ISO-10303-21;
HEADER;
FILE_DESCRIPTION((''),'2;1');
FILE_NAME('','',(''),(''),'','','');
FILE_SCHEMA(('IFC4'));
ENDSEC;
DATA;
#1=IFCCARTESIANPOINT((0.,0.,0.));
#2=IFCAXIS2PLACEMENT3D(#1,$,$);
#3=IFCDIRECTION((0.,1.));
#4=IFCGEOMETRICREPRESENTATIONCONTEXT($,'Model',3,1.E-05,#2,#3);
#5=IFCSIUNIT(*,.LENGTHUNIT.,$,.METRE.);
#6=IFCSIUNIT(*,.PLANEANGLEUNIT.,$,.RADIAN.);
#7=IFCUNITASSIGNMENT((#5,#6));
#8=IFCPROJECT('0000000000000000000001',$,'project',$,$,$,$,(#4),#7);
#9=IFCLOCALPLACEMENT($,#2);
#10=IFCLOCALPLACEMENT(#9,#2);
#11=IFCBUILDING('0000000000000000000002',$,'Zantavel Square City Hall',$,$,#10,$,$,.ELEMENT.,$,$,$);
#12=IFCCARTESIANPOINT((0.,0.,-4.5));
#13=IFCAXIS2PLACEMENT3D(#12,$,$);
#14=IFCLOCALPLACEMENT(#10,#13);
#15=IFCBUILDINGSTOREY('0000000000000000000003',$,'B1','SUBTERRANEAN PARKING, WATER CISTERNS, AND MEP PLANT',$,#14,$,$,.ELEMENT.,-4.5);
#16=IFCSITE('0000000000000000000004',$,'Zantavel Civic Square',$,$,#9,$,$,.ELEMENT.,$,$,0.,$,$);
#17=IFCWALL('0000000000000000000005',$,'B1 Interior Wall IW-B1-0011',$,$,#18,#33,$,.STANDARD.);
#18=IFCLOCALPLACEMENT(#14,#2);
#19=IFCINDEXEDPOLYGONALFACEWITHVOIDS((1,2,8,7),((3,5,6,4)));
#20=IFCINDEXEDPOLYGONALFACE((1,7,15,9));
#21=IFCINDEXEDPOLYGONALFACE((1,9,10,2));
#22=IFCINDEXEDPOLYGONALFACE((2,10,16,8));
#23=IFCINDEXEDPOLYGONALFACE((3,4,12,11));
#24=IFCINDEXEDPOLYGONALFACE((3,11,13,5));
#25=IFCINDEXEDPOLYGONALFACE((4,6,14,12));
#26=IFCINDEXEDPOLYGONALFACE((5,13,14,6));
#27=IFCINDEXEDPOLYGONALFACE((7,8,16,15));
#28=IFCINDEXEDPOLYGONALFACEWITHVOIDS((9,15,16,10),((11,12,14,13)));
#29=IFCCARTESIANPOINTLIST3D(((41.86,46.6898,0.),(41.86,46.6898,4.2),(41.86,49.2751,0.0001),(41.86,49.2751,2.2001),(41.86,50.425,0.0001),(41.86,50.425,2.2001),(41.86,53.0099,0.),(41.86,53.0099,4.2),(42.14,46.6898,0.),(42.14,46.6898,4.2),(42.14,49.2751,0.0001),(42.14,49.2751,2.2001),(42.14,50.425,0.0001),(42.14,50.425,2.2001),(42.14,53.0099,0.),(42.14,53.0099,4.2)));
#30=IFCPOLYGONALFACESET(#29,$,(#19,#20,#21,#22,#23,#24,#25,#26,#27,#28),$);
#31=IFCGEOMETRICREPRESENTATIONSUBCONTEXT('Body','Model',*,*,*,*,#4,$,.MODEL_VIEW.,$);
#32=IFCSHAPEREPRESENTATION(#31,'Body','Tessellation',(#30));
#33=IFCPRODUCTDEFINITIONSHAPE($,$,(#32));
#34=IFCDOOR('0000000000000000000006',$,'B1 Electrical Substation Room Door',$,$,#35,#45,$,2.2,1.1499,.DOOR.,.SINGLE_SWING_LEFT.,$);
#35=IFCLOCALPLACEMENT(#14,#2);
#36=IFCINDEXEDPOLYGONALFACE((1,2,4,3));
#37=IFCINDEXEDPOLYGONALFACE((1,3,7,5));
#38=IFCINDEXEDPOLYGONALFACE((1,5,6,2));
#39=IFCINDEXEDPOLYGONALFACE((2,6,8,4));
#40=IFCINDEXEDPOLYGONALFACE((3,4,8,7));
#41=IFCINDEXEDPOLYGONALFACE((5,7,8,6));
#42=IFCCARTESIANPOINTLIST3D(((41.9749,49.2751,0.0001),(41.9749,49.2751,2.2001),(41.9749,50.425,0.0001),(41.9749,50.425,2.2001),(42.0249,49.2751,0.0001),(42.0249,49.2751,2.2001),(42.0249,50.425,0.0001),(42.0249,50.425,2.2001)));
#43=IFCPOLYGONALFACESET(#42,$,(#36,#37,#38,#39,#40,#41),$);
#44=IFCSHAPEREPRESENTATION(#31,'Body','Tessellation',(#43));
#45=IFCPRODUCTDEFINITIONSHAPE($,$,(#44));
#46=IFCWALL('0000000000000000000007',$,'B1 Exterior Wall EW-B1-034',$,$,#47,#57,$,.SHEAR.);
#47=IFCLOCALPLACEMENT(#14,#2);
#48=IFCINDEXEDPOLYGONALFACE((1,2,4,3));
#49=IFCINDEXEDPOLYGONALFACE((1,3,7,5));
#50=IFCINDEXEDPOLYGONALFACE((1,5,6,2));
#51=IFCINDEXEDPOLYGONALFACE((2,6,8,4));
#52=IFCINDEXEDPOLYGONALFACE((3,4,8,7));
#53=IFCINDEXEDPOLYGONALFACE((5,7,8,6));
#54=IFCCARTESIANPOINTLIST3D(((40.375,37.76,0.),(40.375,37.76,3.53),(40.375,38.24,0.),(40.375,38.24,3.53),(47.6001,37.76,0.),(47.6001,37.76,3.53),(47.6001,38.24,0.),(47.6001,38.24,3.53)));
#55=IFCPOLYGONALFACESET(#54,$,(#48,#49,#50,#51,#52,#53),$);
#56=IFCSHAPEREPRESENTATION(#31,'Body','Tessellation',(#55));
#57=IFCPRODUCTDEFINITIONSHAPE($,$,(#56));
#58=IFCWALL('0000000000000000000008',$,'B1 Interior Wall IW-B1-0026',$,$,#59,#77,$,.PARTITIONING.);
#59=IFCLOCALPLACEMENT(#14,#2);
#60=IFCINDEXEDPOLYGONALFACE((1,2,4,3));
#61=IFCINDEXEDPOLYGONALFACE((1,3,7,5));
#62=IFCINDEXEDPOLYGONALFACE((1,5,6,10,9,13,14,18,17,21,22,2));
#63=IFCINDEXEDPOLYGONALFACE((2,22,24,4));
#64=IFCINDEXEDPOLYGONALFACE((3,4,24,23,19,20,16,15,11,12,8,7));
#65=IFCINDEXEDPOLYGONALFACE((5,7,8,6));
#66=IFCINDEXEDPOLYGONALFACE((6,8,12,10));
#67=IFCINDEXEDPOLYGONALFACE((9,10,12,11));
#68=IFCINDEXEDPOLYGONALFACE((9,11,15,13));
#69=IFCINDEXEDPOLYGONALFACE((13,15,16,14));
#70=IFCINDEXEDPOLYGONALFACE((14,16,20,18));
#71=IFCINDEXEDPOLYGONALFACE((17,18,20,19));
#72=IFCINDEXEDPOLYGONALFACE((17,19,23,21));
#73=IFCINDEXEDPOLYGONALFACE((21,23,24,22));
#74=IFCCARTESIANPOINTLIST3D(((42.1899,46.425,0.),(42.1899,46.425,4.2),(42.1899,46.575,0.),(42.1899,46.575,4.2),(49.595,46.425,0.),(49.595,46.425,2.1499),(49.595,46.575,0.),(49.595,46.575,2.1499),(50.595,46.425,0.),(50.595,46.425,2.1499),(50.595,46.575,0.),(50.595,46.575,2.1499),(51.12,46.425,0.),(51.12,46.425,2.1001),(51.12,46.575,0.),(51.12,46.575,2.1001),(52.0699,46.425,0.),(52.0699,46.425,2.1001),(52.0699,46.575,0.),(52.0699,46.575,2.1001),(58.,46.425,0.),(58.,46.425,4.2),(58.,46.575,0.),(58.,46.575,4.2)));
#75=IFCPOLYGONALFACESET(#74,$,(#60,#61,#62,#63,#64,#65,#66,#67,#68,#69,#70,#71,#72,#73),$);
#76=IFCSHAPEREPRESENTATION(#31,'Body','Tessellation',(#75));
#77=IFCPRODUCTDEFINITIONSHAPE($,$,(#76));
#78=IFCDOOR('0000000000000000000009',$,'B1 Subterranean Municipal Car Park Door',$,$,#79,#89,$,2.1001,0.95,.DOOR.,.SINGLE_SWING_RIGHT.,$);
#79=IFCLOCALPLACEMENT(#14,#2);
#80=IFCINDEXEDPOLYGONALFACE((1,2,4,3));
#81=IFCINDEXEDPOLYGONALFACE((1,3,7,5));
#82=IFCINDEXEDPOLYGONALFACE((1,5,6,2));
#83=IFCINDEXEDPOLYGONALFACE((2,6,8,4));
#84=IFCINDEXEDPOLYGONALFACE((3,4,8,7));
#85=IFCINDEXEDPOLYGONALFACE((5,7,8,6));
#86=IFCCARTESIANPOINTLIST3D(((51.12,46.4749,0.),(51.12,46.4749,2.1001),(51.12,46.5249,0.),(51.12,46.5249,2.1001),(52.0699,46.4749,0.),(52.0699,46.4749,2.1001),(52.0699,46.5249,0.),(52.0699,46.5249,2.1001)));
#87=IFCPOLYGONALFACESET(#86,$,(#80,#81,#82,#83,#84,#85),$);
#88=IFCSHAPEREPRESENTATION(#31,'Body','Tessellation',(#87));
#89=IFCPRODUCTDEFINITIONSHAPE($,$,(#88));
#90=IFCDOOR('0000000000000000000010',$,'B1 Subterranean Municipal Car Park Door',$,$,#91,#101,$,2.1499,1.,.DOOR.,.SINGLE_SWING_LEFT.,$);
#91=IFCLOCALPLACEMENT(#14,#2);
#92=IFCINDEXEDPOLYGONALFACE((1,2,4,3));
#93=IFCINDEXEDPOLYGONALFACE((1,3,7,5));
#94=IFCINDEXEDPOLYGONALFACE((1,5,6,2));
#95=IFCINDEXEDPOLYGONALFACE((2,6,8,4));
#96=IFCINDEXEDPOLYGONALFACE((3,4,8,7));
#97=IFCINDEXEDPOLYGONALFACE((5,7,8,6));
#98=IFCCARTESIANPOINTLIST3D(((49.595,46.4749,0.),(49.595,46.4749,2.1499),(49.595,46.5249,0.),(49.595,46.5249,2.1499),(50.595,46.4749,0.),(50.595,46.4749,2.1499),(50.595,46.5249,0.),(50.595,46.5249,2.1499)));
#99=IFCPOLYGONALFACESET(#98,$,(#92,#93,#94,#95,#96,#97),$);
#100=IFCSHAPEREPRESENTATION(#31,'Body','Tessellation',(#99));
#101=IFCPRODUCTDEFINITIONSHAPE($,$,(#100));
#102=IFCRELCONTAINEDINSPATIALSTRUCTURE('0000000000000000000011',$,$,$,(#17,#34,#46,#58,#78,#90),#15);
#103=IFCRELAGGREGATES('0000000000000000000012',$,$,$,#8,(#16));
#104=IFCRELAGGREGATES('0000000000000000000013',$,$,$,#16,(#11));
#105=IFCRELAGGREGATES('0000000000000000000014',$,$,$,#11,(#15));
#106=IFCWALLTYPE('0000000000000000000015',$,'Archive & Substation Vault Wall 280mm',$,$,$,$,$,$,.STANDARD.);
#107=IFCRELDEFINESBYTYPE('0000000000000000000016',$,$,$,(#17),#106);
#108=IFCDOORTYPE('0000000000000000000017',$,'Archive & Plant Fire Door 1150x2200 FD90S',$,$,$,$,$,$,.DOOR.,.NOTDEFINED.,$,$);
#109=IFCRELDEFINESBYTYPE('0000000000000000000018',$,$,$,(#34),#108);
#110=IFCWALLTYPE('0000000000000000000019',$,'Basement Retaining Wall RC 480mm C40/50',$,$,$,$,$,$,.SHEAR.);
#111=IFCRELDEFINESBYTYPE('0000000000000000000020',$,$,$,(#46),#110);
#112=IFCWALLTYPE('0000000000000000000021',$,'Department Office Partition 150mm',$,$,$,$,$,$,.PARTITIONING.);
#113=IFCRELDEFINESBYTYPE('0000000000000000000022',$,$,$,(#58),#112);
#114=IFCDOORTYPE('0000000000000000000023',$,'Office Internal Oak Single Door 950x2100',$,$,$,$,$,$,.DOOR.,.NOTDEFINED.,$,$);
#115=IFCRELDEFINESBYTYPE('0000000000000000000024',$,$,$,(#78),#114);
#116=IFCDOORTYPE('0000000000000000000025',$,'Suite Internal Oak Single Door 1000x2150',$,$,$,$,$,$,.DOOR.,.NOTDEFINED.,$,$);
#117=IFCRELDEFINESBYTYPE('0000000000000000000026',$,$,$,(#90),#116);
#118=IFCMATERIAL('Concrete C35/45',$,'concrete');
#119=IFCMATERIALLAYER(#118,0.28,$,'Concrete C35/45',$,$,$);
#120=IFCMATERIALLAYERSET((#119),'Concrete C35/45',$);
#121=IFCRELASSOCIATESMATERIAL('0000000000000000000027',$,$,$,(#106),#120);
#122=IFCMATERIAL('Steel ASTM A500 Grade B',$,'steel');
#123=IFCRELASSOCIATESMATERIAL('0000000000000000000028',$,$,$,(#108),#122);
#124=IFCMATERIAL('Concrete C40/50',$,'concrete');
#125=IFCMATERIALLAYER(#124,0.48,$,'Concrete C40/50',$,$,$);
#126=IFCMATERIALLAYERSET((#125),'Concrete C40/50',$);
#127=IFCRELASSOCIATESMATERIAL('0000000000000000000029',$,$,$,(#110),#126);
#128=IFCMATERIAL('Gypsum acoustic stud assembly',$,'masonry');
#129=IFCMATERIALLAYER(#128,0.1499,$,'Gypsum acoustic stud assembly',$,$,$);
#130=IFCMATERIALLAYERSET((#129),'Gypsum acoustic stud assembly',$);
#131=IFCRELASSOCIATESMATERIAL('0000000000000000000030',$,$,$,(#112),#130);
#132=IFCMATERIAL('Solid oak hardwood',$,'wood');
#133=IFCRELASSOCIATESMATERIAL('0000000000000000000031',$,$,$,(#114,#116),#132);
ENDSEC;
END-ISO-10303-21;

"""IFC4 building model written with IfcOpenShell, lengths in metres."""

from ifc_helpers import new_model, si_unit, direction, frame, frame_2d, origin, place, context, subcontext, project, spatial, rectangle, extrude, material, layer, layer_set, type_object, element, fill, save


model = new_model("IFC4")

# Units and contexts
model_context = context("Model", 3, precision=1e-05, world=origin(), true_north=direction((0.0, 1.0)))
body_context = subcontext(model_context, "Body", "Model", "MODEL_VIEW")
ifc_project = project(units=[si_unit("LENGTHUNIT", "METRE"), si_unit("PLANEANGLEUNIT", "RADIAN")], contexts=[model_context])

# Site, building, storey
site_placement = place(None, origin())
site = spatial("IfcSite", under=ifc_project, at=site_placement, Name="Zantavel Civic Square", CompositionType="ELEMENT", RefElevation=0.0)
building_placement = place(site_placement, origin())
building = spatial("IfcBuilding", under=site, at=building_placement, Name="Zantavel Square City Hall", CompositionType="ELEMENT")
storey_placement = place(building_placement, frame((0.0, 0.0, -4.5)))
storey = spatial("IfcBuildingStorey", under=building, at=storey_placement, Name="B1", Description="SUBTERRANEAN PARKING, WATER CISTERNS, AND MEP PLANT", CompositionType="ELEMENT", Elevation=-4.5)

# Shared definitions
ifc_material_1 = material(Name="Concrete C35/45", Category="concrete")

# Shared definitions
ifc_material_2 = material(Name="Concrete C40/50", Category="concrete")

# Wall, opening, door
ifc_layer_1 = layer(ifc_material_1, 0.28, Name="Concrete C35/45")
ifc_layer_set_1 = layer_set([ifc_layer_1], Name="Concrete C35/45")
wall_type_1 = type_object("IfcWallType", Name="Archive & Substation Vault Wall 280mm", PredefinedType="STANDARD", material=ifc_layer_set_1)
ifc_material_3 = material(Name="Steel ASTM A500 Grade B", Category="steel")
door_type_1 = type_object("IfcDoorType", Name="Archive & Plant Fire Door 1150x2200 FD90S", OperationType="NOTDEFINED", PredefinedType="DOOR", material=ifc_material_3)
wall_1_placement = place(storey_placement, frame((42.0, 53.01, 0.0), z_axis=(0.0, 0.0, 1.0), x_axis=(0.0, -1.0, 0.0)))
wall_1 = element("IfcWall", 1, at=wall_1_placement, inside=storey, type_object=wall_type_1, Name="B1 Interior Wall IW-B1-0011", PredefinedType="STANDARD", context=body_context, shape_type="SweptSolid", body=[
    extrude(rectangle(XDim=6.3201, YDim=0.28, at=frame_2d((3.1602, 0.0))), origin(), (0.0, 0.0, 1.0), 4.2),
])
opening_1_placement = place(wall_1_placement, frame((2.585, 0.0, 0.0)))
opening_1 = element("IfcOpeningElement", 2, at=opening_1_placement, cuts=wall_1, PredefinedType="OPENING", context=body_context, shape_type="SweptSolid", body=[
    extrude(rectangle(XDim=1.1499, YDim=2.2, at=frame_2d((0.575, 1.1001))), frame((0.0, 0.1499, 0.0), z_axis=(0.0, -1.0, 0.0), x_axis=(1.0, 0.0, 0.0)), (0.0, 0.0, 1.0), 0.3),
])
door_1_placement = place(opening_1_placement, origin())
door_1 = element("IfcDoor", 3, at=door_1_placement, inside=storey, type_object=door_type_1, Name="B1 Electrical Substation Room Door", OperationType="SINGLE_SWING_LEFT", OverallHeight=2.2, OverallWidth=1.1499, PredefinedType="DOOR", context=body_context, shape_type="SweptSolid", body=[
    extrude(rectangle(XDim=1.1499, YDim=2.2, at=frame_2d((0.575, 1.1001))), frame((0.0, 0.0249, 0.0), z_axis=(0.0, -1.0, 0.0), x_axis=(1.0, 0.0, 0.0)), (0.0, 0.0, 1.0), 0.05),
])
fill(opening_1, door_1)

# Wall
ifc_layer_2 = layer(ifc_material_2, 0.48, Name="Concrete C40/50")
ifc_layer_set_2 = layer_set([ifc_layer_2], Name="Concrete C40/50")
wall_type_2 = type_object("IfcWallType", Name="Basement Retaining Wall RC 480mm C40/50", PredefinedType="SHEAR", material=ifc_layer_set_2)
wall_2_placement = place(storey_placement, frame((47.6001, 38.0, 0.0), z_axis=(0.0, 0.0, 1.0), x_axis=(-1.0, 0.0, 0.0)))
element("IfcWall", 4, at=wall_2_placement, inside=storey, type_object=wall_type_2, Name="B1 Exterior Wall EW-B1-034", PredefinedType="SHEAR", context=body_context, shape_type="SweptSolid", body=[
    extrude(rectangle(XDim=7.2251, YDim=0.48, at=frame_2d((3.6125, 0.0))), origin(), (0.0, 0.0, 1.0), 3.53),
])

# Wall, openings, doors
ifc_material_4 = material(Name="Gypsum acoustic stud assembly", Category="masonry")
ifc_layer_3 = layer(ifc_material_4, 0.1499, Name="Gypsum acoustic stud assembly")
ifc_layer_set_3 = layer_set([ifc_layer_3], Name="Gypsum acoustic stud assembly")
wall_type_3 = type_object("IfcWallType", Name="Department Office Partition 150mm", PredefinedType="PARTITIONING", material=ifc_layer_set_3)
wall_3_placement = place(storey_placement, frame((42.1899, 46.5, 0.0), z_axis=(0.0, 0.0, 1.0), x_axis=(1.0, 0.0, 0.0)))
wall_3 = element("IfcWall", 5, at=wall_3_placement, inside=storey, type_object=wall_type_3, Name="B1 Interior Wall IW-B1-0026", PredefinedType="PARTITIONING", context=body_context, shape_type="SweptSolid", body=[
    extrude(rectangle(XDim=15.8101, YDim=0.1499, at=frame_2d((7.905, 0.0))), origin(), (0.0, 0.0, 1.0), 4.2),
])
opening_2_placement = place(wall_3_placement, frame((7.405, 0.0, 0.0)))
opening_2 = element("IfcOpeningElement", 6, at=opening_2_placement, cuts=wall_3, PredefinedType="OPENING", context=body_context, shape_type="SweptSolid", body=[
    extrude(rectangle(XDim=1.0, YDim=2.1499, at=frame_2d((0.5, 1.075))), frame((0.0, 0.085, 0.0), z_axis=(0.0, -1.0, 0.0), x_axis=(1.0, 0.0, 0.0)), (0.0, 0.0, 1.0), 0.1699),
])
opening_3_placement = place(wall_3_placement, frame((8.9299, 0.0, 0.0)))
opening_3 = element("IfcOpeningElement", 7, at=opening_3_placement, cuts=wall_3, PredefinedType="OPENING", context=body_context, shape_type="SweptSolid", body=[
    extrude(rectangle(XDim=0.95, YDim=2.1001, at=frame_2d((0.4751, 1.05))), frame((0.0, 0.085, 0.0), z_axis=(0.0, -1.0, 0.0), x_axis=(1.0, 0.0, 0.0)), (0.0, 0.0, 1.0), 0.1699),
])
ifc_material_5 = material(Name="Solid oak hardwood", Category="wood")
door_type_2 = type_object("IfcDoorType", Name="Office Internal Oak Single Door 950x2100", OperationType="NOTDEFINED", PredefinedType="DOOR", material=ifc_material_5)
door_2_placement = place(opening_3_placement, origin())
door_2 = element("IfcDoor", 8, at=door_2_placement, inside=storey, type_object=door_type_2, Name="B1 Subterranean Municipal Car Park Door", OperationType="SINGLE_SWING_RIGHT", OverallHeight=2.1001, OverallWidth=0.95, PredefinedType="DOOR", context=body_context, shape_type="SweptSolid", body=[
    extrude(rectangle(XDim=0.95, YDim=2.1001, at=frame_2d((0.4751, 1.05))), frame((0.0, 0.0249, 0.0), z_axis=(0.0, -1.0, 0.0), x_axis=(1.0, 0.0, 0.0)), (0.0, 0.0, 1.0), 0.05),
])
fill(opening_3, door_2)
door_type_3 = type_object("IfcDoorType", Name="Suite Internal Oak Single Door 1000x2150", OperationType="NOTDEFINED", PredefinedType="DOOR", material=ifc_material_5)
door_3_placement = place(opening_2_placement, origin())
door_3 = element("IfcDoor", 9, at=door_3_placement, inside=storey, type_object=door_type_3, Name="B1 Subterranean Municipal Car Park Door", OperationType="SINGLE_SWING_LEFT", OverallHeight=2.1499, OverallWidth=1.0, PredefinedType="DOOR", context=body_context, shape_type="SweptSolid", body=[
    extrude(rectangle(XDim=1.0, YDim=2.1499, at=frame_2d((0.5, 1.075))), frame((0.0, 0.0249, 0.0), z_axis=(0.0, -1.0, 0.0), x_axis=(1.0, 0.0, 0.0)), (0.0, 0.0, 1.0), 0.05),
])
fill(opening_2, door_3)

save(model, "model.ifc")
